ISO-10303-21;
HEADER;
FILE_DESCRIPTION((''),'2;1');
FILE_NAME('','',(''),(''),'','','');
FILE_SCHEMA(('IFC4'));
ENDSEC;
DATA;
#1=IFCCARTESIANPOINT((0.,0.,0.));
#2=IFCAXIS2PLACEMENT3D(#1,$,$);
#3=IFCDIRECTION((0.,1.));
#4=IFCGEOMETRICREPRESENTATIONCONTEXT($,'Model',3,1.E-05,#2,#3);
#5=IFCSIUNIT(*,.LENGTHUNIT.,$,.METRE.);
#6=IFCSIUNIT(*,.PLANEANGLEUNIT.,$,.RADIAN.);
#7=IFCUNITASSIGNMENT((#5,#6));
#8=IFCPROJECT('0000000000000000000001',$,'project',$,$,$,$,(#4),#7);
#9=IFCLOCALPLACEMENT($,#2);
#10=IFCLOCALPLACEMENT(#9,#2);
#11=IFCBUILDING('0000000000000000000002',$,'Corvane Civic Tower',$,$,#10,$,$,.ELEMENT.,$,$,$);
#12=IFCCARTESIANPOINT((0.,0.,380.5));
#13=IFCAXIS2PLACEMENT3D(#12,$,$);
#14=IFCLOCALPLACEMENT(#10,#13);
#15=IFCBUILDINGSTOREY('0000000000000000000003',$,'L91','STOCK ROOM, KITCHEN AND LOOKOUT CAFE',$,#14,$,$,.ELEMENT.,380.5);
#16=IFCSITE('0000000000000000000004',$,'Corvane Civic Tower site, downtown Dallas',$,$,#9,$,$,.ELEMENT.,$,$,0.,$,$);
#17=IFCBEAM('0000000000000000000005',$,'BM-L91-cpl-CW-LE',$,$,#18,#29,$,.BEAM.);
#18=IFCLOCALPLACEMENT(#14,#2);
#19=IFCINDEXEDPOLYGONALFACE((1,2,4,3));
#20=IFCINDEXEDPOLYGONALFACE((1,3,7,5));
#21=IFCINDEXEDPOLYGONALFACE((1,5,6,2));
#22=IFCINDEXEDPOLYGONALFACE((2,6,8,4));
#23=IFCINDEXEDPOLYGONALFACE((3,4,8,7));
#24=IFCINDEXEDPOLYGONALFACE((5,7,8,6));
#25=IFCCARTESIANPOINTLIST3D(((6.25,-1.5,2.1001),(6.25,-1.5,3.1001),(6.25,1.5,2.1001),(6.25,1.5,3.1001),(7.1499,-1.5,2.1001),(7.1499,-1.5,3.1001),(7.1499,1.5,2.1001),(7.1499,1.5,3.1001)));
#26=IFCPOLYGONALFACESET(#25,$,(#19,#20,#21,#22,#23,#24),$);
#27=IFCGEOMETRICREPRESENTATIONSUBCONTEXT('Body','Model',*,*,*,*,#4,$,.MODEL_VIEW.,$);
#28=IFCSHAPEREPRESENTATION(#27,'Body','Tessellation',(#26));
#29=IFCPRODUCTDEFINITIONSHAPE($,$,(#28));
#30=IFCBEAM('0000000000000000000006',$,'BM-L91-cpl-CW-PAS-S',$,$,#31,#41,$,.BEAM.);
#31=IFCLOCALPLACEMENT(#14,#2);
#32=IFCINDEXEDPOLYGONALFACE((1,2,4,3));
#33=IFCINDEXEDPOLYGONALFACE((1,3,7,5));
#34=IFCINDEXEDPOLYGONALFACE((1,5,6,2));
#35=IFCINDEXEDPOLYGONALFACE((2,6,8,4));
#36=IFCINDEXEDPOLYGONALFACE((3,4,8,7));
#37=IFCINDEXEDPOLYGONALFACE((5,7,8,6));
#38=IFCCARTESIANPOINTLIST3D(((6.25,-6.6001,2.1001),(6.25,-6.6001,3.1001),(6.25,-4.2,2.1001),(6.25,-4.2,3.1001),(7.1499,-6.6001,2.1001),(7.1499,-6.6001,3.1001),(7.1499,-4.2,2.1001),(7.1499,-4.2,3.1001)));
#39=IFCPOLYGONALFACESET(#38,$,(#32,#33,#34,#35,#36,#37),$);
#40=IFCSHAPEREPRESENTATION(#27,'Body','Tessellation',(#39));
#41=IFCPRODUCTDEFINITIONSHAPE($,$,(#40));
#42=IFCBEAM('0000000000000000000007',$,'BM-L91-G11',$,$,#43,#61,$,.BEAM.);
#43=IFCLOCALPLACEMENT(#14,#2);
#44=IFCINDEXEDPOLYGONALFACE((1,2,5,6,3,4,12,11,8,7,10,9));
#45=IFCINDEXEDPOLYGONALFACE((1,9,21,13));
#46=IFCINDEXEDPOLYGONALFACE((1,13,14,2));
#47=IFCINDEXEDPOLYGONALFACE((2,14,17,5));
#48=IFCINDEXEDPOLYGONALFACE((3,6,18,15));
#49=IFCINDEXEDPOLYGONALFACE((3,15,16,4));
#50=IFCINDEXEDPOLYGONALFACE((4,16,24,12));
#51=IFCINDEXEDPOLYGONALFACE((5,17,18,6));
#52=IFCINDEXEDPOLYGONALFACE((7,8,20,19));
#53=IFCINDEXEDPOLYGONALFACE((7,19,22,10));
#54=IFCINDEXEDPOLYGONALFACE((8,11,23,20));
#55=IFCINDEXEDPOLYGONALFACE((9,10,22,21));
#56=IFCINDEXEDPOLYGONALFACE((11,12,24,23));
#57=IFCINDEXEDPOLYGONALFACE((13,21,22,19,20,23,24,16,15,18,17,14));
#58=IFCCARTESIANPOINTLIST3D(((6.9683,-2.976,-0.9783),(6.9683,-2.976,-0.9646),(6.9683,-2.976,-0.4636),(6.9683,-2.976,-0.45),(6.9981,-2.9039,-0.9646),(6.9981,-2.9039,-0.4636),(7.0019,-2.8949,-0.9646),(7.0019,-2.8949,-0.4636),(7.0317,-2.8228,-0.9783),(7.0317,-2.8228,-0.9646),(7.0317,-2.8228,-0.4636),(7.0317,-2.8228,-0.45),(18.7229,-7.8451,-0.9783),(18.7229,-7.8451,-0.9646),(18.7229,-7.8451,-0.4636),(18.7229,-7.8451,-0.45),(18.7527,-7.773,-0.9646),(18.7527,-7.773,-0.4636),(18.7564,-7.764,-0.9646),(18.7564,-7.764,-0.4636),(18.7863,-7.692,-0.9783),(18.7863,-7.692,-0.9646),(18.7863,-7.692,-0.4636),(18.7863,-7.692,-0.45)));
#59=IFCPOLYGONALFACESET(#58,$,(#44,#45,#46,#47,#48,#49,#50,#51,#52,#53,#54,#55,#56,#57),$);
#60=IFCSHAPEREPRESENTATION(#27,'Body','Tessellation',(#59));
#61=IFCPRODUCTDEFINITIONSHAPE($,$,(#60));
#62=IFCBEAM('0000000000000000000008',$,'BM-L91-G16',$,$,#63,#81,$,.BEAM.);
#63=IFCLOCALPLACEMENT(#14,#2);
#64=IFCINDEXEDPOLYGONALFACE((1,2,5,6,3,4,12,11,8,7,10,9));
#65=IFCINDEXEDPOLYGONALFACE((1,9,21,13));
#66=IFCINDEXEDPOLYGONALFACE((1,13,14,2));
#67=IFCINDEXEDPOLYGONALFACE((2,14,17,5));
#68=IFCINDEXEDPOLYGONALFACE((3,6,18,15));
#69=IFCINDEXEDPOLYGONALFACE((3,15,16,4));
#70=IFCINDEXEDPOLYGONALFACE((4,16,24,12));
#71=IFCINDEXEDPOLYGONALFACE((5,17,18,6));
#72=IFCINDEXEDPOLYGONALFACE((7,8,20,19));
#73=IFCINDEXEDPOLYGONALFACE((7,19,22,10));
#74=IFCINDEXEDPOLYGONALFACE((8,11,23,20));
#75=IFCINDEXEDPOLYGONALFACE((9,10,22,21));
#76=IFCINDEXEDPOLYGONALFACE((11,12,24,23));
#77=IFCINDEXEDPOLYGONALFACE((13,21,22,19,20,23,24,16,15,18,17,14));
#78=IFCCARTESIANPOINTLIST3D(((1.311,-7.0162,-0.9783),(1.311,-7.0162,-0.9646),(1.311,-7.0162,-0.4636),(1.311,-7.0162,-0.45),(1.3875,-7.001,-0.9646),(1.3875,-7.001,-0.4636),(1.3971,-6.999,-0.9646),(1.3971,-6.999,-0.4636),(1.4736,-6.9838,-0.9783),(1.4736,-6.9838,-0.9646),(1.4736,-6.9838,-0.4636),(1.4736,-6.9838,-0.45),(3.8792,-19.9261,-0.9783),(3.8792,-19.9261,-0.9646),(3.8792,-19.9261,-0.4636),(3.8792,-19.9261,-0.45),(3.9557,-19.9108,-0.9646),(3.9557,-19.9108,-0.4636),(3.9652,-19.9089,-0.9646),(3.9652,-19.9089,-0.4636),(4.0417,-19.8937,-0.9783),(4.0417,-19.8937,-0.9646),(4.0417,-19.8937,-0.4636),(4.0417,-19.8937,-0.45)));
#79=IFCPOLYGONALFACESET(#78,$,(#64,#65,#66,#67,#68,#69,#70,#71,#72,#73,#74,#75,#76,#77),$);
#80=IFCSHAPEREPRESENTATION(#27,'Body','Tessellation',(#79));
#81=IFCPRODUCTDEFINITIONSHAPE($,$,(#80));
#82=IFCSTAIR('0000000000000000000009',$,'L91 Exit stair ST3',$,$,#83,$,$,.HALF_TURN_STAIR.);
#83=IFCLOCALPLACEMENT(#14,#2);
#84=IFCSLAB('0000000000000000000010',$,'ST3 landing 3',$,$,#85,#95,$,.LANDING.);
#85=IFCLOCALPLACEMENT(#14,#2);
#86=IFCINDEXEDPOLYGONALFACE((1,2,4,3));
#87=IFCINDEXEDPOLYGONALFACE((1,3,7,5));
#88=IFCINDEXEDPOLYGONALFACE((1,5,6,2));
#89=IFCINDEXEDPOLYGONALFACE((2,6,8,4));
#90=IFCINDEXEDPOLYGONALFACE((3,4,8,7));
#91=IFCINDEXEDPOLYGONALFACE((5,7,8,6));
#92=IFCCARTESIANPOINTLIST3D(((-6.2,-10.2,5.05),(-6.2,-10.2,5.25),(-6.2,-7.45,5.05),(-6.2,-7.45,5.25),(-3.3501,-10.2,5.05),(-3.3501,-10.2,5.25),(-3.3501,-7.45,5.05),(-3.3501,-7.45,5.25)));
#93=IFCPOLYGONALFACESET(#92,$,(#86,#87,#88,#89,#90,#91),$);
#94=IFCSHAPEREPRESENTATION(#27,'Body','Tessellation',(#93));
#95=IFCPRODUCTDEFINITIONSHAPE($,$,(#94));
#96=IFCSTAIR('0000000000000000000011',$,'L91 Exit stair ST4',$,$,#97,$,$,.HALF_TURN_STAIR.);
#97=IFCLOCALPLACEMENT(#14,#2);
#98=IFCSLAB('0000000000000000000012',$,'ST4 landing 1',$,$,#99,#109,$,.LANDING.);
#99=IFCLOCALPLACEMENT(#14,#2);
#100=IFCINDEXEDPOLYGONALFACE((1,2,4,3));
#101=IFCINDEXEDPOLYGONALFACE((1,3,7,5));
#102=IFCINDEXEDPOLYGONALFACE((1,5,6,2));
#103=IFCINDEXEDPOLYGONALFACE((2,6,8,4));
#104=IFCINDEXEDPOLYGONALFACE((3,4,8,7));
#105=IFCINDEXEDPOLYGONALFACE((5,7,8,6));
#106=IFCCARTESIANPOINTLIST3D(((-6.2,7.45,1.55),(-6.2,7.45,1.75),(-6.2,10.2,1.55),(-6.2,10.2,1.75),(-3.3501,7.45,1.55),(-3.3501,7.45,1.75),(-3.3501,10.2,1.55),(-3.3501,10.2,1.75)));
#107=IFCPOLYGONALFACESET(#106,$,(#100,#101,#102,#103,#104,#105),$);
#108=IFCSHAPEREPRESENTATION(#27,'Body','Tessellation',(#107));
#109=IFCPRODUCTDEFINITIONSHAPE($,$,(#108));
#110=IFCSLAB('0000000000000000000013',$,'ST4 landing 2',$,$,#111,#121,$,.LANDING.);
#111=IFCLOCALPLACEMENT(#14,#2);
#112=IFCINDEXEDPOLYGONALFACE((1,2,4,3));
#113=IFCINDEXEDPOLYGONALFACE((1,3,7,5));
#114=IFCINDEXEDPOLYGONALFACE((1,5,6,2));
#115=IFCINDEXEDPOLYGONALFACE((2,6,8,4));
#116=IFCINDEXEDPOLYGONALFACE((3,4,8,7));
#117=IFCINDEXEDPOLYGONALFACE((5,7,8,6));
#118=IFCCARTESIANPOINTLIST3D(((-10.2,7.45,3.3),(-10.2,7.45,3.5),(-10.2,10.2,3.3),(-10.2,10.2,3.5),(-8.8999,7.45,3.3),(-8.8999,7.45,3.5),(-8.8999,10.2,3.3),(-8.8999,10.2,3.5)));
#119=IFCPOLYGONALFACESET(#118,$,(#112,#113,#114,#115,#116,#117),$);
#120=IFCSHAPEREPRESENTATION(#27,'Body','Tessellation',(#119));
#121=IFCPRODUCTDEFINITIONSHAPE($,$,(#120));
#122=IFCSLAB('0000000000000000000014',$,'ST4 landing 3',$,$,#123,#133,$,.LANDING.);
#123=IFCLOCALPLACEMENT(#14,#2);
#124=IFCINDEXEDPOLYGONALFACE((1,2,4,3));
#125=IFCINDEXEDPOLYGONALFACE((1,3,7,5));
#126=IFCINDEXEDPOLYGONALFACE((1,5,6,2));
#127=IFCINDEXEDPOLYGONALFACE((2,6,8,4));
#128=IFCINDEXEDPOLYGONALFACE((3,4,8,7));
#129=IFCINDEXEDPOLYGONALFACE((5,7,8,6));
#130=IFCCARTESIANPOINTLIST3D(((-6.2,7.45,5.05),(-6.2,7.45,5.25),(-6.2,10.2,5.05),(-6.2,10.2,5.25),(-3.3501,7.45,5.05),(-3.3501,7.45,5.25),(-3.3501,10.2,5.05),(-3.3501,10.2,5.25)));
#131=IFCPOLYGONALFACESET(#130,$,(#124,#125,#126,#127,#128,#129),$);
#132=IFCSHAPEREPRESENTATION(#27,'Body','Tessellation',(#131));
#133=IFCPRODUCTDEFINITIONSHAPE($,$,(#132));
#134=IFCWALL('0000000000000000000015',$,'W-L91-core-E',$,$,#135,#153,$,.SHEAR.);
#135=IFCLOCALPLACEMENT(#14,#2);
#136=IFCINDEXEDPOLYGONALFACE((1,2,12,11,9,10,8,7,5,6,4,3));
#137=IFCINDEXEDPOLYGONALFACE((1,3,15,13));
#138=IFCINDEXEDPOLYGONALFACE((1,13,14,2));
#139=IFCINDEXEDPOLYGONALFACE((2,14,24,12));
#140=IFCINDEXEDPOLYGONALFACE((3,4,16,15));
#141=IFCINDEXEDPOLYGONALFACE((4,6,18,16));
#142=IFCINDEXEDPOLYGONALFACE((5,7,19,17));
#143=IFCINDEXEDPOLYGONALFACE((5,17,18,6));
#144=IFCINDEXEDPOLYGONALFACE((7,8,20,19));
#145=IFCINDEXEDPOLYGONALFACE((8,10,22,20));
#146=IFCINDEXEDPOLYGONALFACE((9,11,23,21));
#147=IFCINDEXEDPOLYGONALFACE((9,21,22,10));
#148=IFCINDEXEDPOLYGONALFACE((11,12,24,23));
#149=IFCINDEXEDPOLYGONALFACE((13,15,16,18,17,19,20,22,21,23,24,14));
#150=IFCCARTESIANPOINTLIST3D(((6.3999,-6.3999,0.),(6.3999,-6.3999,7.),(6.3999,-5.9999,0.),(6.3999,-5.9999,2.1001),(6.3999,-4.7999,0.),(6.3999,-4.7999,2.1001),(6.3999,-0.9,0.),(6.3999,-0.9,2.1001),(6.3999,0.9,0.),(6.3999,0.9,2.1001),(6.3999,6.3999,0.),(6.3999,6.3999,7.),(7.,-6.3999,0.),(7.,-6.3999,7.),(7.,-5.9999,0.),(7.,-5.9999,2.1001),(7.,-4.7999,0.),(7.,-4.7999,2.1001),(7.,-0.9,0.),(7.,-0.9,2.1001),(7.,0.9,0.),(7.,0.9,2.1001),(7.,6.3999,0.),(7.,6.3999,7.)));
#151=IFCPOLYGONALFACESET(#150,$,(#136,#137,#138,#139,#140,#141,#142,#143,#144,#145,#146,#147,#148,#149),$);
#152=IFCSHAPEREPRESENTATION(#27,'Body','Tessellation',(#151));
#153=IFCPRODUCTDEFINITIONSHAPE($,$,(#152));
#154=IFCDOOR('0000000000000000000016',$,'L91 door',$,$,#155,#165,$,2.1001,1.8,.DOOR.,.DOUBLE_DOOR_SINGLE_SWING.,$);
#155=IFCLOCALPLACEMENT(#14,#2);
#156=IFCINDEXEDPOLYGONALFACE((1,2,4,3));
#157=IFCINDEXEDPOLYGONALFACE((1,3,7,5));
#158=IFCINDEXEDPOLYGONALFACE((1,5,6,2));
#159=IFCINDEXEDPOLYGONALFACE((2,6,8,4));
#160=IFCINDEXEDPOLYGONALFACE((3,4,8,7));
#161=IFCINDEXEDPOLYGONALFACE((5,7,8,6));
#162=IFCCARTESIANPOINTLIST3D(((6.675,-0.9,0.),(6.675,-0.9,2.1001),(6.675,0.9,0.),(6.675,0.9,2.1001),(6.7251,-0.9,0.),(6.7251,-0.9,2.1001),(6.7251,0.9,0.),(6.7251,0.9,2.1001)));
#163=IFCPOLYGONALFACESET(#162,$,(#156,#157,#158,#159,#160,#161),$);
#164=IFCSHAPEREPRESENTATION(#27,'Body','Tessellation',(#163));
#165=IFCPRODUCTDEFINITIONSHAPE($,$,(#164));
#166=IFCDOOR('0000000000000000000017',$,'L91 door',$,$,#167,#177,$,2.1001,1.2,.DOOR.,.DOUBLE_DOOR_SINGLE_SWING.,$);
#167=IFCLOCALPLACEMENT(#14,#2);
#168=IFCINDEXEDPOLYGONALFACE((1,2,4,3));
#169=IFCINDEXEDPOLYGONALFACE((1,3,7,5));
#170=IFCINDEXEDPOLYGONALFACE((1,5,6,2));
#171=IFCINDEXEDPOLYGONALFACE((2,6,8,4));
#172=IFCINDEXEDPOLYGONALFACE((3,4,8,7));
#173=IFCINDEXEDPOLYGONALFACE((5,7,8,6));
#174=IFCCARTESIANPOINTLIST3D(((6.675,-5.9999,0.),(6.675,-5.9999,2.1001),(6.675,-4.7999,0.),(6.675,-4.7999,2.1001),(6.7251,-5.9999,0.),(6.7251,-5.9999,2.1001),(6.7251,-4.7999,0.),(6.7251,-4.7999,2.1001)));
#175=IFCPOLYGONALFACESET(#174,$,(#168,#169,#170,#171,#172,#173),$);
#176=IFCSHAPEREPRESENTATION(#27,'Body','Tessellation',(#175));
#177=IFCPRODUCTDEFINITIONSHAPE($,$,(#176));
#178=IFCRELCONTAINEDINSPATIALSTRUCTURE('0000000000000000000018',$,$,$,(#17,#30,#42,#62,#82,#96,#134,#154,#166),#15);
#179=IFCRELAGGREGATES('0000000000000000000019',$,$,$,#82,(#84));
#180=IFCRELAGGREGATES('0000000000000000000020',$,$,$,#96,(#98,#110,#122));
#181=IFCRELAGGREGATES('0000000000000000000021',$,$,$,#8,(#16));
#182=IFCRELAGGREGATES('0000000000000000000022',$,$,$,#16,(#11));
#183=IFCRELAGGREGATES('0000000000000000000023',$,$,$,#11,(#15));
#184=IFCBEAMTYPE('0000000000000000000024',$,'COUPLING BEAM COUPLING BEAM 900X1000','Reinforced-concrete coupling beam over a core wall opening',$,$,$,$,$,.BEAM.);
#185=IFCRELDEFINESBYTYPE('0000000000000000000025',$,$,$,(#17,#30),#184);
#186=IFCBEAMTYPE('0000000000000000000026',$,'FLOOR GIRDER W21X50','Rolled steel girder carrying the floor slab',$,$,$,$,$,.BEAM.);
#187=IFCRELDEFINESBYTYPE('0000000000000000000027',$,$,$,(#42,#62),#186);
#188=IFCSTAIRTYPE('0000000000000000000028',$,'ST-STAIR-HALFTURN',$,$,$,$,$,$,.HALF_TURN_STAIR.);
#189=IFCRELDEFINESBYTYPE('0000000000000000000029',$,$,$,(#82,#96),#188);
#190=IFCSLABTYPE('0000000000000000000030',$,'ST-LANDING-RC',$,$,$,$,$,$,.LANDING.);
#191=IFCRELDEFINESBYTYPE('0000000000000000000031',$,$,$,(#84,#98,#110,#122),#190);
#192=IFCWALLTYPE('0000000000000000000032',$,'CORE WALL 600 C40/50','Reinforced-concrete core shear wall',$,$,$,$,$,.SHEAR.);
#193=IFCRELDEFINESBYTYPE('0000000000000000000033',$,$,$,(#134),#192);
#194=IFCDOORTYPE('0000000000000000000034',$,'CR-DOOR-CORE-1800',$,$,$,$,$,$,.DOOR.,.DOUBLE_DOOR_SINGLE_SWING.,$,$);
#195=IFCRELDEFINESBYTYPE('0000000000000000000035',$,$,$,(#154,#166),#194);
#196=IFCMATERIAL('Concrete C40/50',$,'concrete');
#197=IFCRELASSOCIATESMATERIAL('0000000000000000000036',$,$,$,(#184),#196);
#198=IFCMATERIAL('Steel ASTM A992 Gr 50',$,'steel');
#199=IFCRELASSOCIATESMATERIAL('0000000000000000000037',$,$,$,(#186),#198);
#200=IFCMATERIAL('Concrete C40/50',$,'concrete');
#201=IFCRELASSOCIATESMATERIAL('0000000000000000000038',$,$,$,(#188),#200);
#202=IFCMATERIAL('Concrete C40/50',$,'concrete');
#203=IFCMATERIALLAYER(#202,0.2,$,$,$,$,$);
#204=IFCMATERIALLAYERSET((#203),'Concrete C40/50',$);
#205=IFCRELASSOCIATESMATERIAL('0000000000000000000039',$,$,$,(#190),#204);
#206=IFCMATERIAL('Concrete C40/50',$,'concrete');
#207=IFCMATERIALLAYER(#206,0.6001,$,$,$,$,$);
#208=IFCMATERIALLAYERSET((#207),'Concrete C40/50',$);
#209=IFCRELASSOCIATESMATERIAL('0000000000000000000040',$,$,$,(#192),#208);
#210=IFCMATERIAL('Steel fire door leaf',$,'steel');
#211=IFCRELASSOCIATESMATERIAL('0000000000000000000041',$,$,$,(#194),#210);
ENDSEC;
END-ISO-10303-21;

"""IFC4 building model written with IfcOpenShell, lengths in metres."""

from ifc_helpers import new_model, si_unit, direction, frame, frame_2d, origin, origin_2d, place, context, subcontext, project, spatial, polyline, rectangle, i_section, outline, extrude, material, layer, layer_set, material_profile, profile_set, type_object, element, fill, aggregate, save


model = new_model("IFC4")

# Units and contexts
model_context = context("Model", 3, precision=1e-05, world=origin(), true_north=direction((0.0, 1.0)))
body_context = subcontext(model_context, "Body", "Model", "MODEL_VIEW")
ifc_project = project(units=[si_unit("LENGTHUNIT", "METRE"), si_unit("PLANEANGLEUNIT", "RADIAN")], contexts=[model_context])

# Site, building, storey
site_placement = place(None, origin())
site = spatial("IfcSite", under=ifc_project, at=site_placement, Name="Corvane Civic Tower site, downtown Dallas", CompositionType="ELEMENT", RefElevation=0.0)
building_placement = place(site_placement, origin())
building = spatial("IfcBuilding", under=site, at=building_placement, Name="Corvane Civic Tower", CompositionType="ELEMENT")
storey_placement = place(building_placement, frame((0.0, 0.0, 380.5)))
storey = spatial("IfcBuildingStorey", under=building, at=storey_placement, Name="L91", Description="STOCK ROOM, KITCHEN AND LOOKOUT CAFE", CompositionType="ELEMENT", Elevation=380.5)

# Beams
ifc_material_1 = material(Name="Concrete C40/50", Category="concrete")
ifc_material_profile_1 = material_profile(ifc_material_1, rectangle(XDim=0.8999, YDim=1.0, at=origin_2d()), Name="COUPLING BEAM 900X1000")
ifc_profile_set_1 = profile_set([ifc_material_profile_1], Name="Concrete C40/50")
beam_type_1 = type_object("IfcBeamType", Name="COUPLING BEAM COUPLING BEAM 900X1000", Description="Reinforced-concrete coupling beam over a core wall opening", PredefinedType="BEAM", material=ifc_profile_set_1)
beam_1_placement = place(storey_placement, frame((6.7, -1.5, 2.6001), z_axis=(0.0, 1.0, 0.0), x_axis=(-1.0, 0.0, 0.0)))
element("IfcBeam", 1, at=beam_1_placement, inside=storey, type_object=beam_type_1, Name="BM-L91-cpl-CW-LE", PredefinedType="BEAM", context=body_context, shape_type="SweptSolid", body=[
    extrude(rectangle(XDim=0.8999, YDim=1.0, at=origin_2d()), origin(), (0.0, 0.0, 1.0), 3.0),
])
beam_2_placement = place(storey_placement, frame((6.7, -6.6001, 2.6001), z_axis=(0.0, 1.0, 0.0), x_axis=(-1.0, 0.0, 0.0)))
element("IfcBeam", 2, at=beam_2_placement, inside=storey, type_object=beam_type_1, Name="BM-L91-cpl-CW-PAS-S", PredefinedType="BEAM", context=body_context, shape_type="SweptSolid", body=[
    extrude(rectangle(XDim=0.8999, YDim=1.0, at=origin_2d()), origin(), (0.0, 0.0, 1.0), 2.4001),
])
ifc_material_2 = material(Name="Steel ASTM A992 Gr 50", Category="steel")
ifc_material_profile_2 = material_profile(ifc_material_2, i_section(OverallWidth=0.1658, OverallDepth=0.5283, WebThickness=0.0098, FlangeThickness=0.0137, at=origin_2d()), Name="W21X50")
ifc_profile_set_2 = profile_set([ifc_material_profile_2], Name="Steel ASTM A992 Gr 50")
beam_type_2 = type_object("IfcBeamType", Name="FLOOR GIRDER W21X50", Description="Rolled steel girder carrying the floor slab", PredefinedType="BEAM", material=ifc_profile_set_2)
beam_3_placement = place(storey_placement, frame((7.0, -2.8994, -0.7141), z_axis=(0.923874, -0.382698, 0.0), x_axis=(0.382698, 0.923874, 0.0)))
element("IfcBeam", 3, at=beam_3_placement, inside=storey, type_object=beam_type_2, Name="BM-L91-G11", PredefinedType="BEAM", context=body_context, shape_type="SweptSolid", body=[
    extrude(i_section(OverallWidth=0.1658, OverallDepth=0.5283, WebThickness=0.0098, FlangeThickness=0.0137, at=origin_2d()), origin(), (0.0, 0.0, 1.0), 12.7231),
])
beam_4_placement = place(storey_placement, frame((1.3923, -7.0, -0.7141), z_axis=(0.195103, -0.980783, 0.0), x_axis=(0.980783, 0.195103, 0.0)))
element("IfcBeam", 4, at=beam_4_placement, inside=storey, type_object=beam_type_2, Name="BM-L91-G16", PredefinedType="BEAM", context=body_context, shape_type="SweptSolid", body=[
    extrude(i_section(OverallWidth=0.1658, OverallDepth=0.5283, WebThickness=0.0098, FlangeThickness=0.0137, at=origin_2d()), origin(), (0.0, 0.0, 1.0), 13.1628),
])

# Stair, slab
ifc_material_3 = material(Name="Concrete C40/50", Category="concrete")
stair_type = type_object("IfcStairType", Name="ST-STAIR-HALFTURN", PredefinedType="HALF_TURN_STAIR", material=ifc_material_3)
stair_1_placement = place(storey_placement, origin())
stair_1 = element("IfcStair", 5, at=stair_1_placement, inside=storey, type_object=stair_type, Name="L91 Exit stair ST3", PredefinedType="HALF_TURN_STAIR")
ifc_material_4 = material(Name="Concrete C40/50", Category="concrete")
ifc_layer_1 = layer(ifc_material_4, 0.2)
ifc_layer_set_1 = layer_set([ifc_layer_1], Name="Concrete C40/50")
slab_type = type_object("IfcSlabType", Name="ST-LANDING-RC", PredefinedType="LANDING", material=ifc_layer_set_1)
slab_1_placement = place(storey_placement, frame((0.0, 0.0, 5.05)))
slab_1 = element("IfcSlab", 6, at=slab_1_placement, type_object=slab_type, Name="ST3 landing 3", PredefinedType="LANDING", context=body_context, shape_type="SweptSolid", body=[
    extrude(outline(polyline([(-6.2, -10.2), (-3.3501, -10.2), (-3.3501, -7.45), (-6.2, -7.45), (-6.2, -10.2)])), origin(), (0.0, 0.0, 1.0), 0.2),
])
aggregate(stair_1, [slab_1])

# Stair, slabs
stair_2_placement = place(storey_placement, origin())
stair_2 = element("IfcStair", 7, at=stair_2_placement, inside=storey, type_object=stair_type, Name="L91 Exit stair ST4", PredefinedType="HALF_TURN_STAIR")
slab_2_placement = place(storey_placement, frame((0.0, 0.0, 1.55)))
slab_2 = element("IfcSlab", 8, at=slab_2_placement, type_object=slab_type, Name="ST4 landing 1", PredefinedType="LANDING", context=body_context, shape_type="SweptSolid", body=[
    extrude(outline(polyline([(-6.2, 7.45), (-3.3501, 7.45), (-3.3501, 10.2), (-6.2, 10.2), (-6.2, 7.45)])), origin(), (0.0, 0.0, 1.0), 0.2),
])
slab_3_placement = place(storey_placement, frame((0.0, 0.0, 3.3)))
slab_3 = element("IfcSlab", 9, at=slab_3_placement, type_object=slab_type, Name="ST4 landing 2", PredefinedType="LANDING", context=body_context, shape_type="SweptSolid", body=[
    extrude(outline(polyline([(-10.2, 7.45), (-8.8999, 7.45), (-8.8999, 10.2), (-10.2, 10.2), (-10.2, 7.45)])), origin(), (0.0, 0.0, 1.0), 0.2),
])
slab_4_placement = place(storey_placement, frame((0.0, 0.0, 5.05)))
slab_4 = element("IfcSlab", 10, at=slab_4_placement, type_object=slab_type, Name="ST4 landing 3", PredefinedType="LANDING", context=body_context, shape_type="SweptSolid", body=[
    extrude(outline(polyline([(-6.2, 7.45), (-3.3501, 7.45), (-3.3501, 10.2), (-6.2, 10.2), (-6.2, 7.45)])), origin(), (0.0, 0.0, 1.0), 0.2),
])
aggregate(stair_2, [slab_2, slab_3, slab_4])

# Wall, openings, doors
ifc_material_5 = material(Name="Concrete C40/50", Category="concrete")
ifc_layer_2 = layer(ifc_material_5, 0.6001)
ifc_layer_set_2 = layer_set([ifc_layer_2], Name="Concrete C40/50")
wall_type_1 = type_object("IfcWallType", Name="CORE WALL 600 C40/50", Description="Reinforced-concrete core shear wall", PredefinedType="SHEAR", material=ifc_layer_set_2)
wall_1_placement = place(storey_placement, frame((6.7, -6.3999, 0.0), z_axis=(0.0, 0.0, 1.0), x_axis=(0.0, 1.0, 0.0)))
wall_1 = element("IfcWall", 11, at=wall_1_placement, inside=storey, type_object=wall_type_1, Name="W-L91-core-E", PredefinedType="SHEAR", context=body_context, shape_type="SweptSolid", body=[
    extrude(rectangle(XDim=12.7998, YDim=0.6001, at=frame_2d((6.3999, 0.0))), origin(), (0.0, 0.0, 1.0), 7.0),
])
opening_1_placement = place(wall_1_placement, frame((5.5, 0.0, 0.0)))
opening_1 = element("IfcOpeningElement", 12, at=opening_1_placement, cuts=wall_1, PredefinedType="OPENING", context=body_context, shape_type="SweptSolid", body=[
    extrude(rectangle(XDim=1.8, YDim=2.1001, at=frame_2d((0.8999, 1.05))), frame((0.0, 0.3101, 0.0), z_axis=(0.0, -1.0, 0.0), x_axis=(1.0, 0.0, 0.0)), (0.0, 0.0, 1.0), 0.6201),
])
opening_2_placement = place(wall_1_placement, frame((0.3999, 0.0, 0.0)))
opening_2 = element("IfcOpeningElement", 13, at=opening_2_placement, cuts=wall_1, PredefinedType="OPENING", context=body_context, shape_type="SweptSolid", body=[
    extrude(rectangle(XDim=1.2, YDim=2.1001, at=frame_2d((0.6001, 1.05))), frame((0.0, 0.3101, 0.0), z_axis=(0.0, -1.0, 0.0), x_axis=(1.0, 0.0, 0.0)), (0.0, 0.0, 1.0), 0.6201),
])
ifc_material_6 = material(Name="Steel fire door leaf", Category="steel")
door_type_1 = type_object("IfcDoorType", Name="CR-DOOR-CORE-1800", OperationType="DOUBLE_DOOR_SINGLE_SWING", PredefinedType="DOOR", material=ifc_material_6)
door_1_placement = place(opening_1_placement, origin())
door_1 = element("IfcDoor", 14, at=door_1_placement, inside=storey, type_object=door_type_1, Name="L91 door", OperationType="DOUBLE_DOOR_SINGLE_SWING", OverallHeight=2.1001, OverallWidth=1.8, PredefinedType="DOOR", context=body_context, shape_type="SweptSolid", body=[
    extrude(rectangle(XDim=1.8, YDim=2.1001, at=frame_2d((0.8999, 1.05))), frame((0.0, 0.0249, 0.0), z_axis=(0.0, -1.0, 0.0), x_axis=(1.0, 0.0, 0.0)), (0.0, 0.0, 1.0), 0.05),
])
fill(opening_1, door_1)
door_2_placement = place(opening_2_placement, origin())
door_2 = element("IfcDoor", 15, at=door_2_placement, inside=storey, type_object=door_type_1, Name="L91 door", OperationType="DOUBLE_DOOR_SINGLE_SWING", OverallHeight=2.1001, OverallWidth=1.2, PredefinedType="DOOR", context=body_context, shape_type="SweptSolid", body=[
    extrude(rectangle(XDim=1.2, YDim=2.1001, at=frame_2d((0.6001, 1.05))), frame((0.0, 0.0249, 0.0), z_axis=(0.0, -1.0, 0.0), x_axis=(1.0, 0.0, 0.0)), (0.0, 0.0, 1.0), 0.05),
])
fill(opening_2, door_2)

save(model, "model.ifc")
